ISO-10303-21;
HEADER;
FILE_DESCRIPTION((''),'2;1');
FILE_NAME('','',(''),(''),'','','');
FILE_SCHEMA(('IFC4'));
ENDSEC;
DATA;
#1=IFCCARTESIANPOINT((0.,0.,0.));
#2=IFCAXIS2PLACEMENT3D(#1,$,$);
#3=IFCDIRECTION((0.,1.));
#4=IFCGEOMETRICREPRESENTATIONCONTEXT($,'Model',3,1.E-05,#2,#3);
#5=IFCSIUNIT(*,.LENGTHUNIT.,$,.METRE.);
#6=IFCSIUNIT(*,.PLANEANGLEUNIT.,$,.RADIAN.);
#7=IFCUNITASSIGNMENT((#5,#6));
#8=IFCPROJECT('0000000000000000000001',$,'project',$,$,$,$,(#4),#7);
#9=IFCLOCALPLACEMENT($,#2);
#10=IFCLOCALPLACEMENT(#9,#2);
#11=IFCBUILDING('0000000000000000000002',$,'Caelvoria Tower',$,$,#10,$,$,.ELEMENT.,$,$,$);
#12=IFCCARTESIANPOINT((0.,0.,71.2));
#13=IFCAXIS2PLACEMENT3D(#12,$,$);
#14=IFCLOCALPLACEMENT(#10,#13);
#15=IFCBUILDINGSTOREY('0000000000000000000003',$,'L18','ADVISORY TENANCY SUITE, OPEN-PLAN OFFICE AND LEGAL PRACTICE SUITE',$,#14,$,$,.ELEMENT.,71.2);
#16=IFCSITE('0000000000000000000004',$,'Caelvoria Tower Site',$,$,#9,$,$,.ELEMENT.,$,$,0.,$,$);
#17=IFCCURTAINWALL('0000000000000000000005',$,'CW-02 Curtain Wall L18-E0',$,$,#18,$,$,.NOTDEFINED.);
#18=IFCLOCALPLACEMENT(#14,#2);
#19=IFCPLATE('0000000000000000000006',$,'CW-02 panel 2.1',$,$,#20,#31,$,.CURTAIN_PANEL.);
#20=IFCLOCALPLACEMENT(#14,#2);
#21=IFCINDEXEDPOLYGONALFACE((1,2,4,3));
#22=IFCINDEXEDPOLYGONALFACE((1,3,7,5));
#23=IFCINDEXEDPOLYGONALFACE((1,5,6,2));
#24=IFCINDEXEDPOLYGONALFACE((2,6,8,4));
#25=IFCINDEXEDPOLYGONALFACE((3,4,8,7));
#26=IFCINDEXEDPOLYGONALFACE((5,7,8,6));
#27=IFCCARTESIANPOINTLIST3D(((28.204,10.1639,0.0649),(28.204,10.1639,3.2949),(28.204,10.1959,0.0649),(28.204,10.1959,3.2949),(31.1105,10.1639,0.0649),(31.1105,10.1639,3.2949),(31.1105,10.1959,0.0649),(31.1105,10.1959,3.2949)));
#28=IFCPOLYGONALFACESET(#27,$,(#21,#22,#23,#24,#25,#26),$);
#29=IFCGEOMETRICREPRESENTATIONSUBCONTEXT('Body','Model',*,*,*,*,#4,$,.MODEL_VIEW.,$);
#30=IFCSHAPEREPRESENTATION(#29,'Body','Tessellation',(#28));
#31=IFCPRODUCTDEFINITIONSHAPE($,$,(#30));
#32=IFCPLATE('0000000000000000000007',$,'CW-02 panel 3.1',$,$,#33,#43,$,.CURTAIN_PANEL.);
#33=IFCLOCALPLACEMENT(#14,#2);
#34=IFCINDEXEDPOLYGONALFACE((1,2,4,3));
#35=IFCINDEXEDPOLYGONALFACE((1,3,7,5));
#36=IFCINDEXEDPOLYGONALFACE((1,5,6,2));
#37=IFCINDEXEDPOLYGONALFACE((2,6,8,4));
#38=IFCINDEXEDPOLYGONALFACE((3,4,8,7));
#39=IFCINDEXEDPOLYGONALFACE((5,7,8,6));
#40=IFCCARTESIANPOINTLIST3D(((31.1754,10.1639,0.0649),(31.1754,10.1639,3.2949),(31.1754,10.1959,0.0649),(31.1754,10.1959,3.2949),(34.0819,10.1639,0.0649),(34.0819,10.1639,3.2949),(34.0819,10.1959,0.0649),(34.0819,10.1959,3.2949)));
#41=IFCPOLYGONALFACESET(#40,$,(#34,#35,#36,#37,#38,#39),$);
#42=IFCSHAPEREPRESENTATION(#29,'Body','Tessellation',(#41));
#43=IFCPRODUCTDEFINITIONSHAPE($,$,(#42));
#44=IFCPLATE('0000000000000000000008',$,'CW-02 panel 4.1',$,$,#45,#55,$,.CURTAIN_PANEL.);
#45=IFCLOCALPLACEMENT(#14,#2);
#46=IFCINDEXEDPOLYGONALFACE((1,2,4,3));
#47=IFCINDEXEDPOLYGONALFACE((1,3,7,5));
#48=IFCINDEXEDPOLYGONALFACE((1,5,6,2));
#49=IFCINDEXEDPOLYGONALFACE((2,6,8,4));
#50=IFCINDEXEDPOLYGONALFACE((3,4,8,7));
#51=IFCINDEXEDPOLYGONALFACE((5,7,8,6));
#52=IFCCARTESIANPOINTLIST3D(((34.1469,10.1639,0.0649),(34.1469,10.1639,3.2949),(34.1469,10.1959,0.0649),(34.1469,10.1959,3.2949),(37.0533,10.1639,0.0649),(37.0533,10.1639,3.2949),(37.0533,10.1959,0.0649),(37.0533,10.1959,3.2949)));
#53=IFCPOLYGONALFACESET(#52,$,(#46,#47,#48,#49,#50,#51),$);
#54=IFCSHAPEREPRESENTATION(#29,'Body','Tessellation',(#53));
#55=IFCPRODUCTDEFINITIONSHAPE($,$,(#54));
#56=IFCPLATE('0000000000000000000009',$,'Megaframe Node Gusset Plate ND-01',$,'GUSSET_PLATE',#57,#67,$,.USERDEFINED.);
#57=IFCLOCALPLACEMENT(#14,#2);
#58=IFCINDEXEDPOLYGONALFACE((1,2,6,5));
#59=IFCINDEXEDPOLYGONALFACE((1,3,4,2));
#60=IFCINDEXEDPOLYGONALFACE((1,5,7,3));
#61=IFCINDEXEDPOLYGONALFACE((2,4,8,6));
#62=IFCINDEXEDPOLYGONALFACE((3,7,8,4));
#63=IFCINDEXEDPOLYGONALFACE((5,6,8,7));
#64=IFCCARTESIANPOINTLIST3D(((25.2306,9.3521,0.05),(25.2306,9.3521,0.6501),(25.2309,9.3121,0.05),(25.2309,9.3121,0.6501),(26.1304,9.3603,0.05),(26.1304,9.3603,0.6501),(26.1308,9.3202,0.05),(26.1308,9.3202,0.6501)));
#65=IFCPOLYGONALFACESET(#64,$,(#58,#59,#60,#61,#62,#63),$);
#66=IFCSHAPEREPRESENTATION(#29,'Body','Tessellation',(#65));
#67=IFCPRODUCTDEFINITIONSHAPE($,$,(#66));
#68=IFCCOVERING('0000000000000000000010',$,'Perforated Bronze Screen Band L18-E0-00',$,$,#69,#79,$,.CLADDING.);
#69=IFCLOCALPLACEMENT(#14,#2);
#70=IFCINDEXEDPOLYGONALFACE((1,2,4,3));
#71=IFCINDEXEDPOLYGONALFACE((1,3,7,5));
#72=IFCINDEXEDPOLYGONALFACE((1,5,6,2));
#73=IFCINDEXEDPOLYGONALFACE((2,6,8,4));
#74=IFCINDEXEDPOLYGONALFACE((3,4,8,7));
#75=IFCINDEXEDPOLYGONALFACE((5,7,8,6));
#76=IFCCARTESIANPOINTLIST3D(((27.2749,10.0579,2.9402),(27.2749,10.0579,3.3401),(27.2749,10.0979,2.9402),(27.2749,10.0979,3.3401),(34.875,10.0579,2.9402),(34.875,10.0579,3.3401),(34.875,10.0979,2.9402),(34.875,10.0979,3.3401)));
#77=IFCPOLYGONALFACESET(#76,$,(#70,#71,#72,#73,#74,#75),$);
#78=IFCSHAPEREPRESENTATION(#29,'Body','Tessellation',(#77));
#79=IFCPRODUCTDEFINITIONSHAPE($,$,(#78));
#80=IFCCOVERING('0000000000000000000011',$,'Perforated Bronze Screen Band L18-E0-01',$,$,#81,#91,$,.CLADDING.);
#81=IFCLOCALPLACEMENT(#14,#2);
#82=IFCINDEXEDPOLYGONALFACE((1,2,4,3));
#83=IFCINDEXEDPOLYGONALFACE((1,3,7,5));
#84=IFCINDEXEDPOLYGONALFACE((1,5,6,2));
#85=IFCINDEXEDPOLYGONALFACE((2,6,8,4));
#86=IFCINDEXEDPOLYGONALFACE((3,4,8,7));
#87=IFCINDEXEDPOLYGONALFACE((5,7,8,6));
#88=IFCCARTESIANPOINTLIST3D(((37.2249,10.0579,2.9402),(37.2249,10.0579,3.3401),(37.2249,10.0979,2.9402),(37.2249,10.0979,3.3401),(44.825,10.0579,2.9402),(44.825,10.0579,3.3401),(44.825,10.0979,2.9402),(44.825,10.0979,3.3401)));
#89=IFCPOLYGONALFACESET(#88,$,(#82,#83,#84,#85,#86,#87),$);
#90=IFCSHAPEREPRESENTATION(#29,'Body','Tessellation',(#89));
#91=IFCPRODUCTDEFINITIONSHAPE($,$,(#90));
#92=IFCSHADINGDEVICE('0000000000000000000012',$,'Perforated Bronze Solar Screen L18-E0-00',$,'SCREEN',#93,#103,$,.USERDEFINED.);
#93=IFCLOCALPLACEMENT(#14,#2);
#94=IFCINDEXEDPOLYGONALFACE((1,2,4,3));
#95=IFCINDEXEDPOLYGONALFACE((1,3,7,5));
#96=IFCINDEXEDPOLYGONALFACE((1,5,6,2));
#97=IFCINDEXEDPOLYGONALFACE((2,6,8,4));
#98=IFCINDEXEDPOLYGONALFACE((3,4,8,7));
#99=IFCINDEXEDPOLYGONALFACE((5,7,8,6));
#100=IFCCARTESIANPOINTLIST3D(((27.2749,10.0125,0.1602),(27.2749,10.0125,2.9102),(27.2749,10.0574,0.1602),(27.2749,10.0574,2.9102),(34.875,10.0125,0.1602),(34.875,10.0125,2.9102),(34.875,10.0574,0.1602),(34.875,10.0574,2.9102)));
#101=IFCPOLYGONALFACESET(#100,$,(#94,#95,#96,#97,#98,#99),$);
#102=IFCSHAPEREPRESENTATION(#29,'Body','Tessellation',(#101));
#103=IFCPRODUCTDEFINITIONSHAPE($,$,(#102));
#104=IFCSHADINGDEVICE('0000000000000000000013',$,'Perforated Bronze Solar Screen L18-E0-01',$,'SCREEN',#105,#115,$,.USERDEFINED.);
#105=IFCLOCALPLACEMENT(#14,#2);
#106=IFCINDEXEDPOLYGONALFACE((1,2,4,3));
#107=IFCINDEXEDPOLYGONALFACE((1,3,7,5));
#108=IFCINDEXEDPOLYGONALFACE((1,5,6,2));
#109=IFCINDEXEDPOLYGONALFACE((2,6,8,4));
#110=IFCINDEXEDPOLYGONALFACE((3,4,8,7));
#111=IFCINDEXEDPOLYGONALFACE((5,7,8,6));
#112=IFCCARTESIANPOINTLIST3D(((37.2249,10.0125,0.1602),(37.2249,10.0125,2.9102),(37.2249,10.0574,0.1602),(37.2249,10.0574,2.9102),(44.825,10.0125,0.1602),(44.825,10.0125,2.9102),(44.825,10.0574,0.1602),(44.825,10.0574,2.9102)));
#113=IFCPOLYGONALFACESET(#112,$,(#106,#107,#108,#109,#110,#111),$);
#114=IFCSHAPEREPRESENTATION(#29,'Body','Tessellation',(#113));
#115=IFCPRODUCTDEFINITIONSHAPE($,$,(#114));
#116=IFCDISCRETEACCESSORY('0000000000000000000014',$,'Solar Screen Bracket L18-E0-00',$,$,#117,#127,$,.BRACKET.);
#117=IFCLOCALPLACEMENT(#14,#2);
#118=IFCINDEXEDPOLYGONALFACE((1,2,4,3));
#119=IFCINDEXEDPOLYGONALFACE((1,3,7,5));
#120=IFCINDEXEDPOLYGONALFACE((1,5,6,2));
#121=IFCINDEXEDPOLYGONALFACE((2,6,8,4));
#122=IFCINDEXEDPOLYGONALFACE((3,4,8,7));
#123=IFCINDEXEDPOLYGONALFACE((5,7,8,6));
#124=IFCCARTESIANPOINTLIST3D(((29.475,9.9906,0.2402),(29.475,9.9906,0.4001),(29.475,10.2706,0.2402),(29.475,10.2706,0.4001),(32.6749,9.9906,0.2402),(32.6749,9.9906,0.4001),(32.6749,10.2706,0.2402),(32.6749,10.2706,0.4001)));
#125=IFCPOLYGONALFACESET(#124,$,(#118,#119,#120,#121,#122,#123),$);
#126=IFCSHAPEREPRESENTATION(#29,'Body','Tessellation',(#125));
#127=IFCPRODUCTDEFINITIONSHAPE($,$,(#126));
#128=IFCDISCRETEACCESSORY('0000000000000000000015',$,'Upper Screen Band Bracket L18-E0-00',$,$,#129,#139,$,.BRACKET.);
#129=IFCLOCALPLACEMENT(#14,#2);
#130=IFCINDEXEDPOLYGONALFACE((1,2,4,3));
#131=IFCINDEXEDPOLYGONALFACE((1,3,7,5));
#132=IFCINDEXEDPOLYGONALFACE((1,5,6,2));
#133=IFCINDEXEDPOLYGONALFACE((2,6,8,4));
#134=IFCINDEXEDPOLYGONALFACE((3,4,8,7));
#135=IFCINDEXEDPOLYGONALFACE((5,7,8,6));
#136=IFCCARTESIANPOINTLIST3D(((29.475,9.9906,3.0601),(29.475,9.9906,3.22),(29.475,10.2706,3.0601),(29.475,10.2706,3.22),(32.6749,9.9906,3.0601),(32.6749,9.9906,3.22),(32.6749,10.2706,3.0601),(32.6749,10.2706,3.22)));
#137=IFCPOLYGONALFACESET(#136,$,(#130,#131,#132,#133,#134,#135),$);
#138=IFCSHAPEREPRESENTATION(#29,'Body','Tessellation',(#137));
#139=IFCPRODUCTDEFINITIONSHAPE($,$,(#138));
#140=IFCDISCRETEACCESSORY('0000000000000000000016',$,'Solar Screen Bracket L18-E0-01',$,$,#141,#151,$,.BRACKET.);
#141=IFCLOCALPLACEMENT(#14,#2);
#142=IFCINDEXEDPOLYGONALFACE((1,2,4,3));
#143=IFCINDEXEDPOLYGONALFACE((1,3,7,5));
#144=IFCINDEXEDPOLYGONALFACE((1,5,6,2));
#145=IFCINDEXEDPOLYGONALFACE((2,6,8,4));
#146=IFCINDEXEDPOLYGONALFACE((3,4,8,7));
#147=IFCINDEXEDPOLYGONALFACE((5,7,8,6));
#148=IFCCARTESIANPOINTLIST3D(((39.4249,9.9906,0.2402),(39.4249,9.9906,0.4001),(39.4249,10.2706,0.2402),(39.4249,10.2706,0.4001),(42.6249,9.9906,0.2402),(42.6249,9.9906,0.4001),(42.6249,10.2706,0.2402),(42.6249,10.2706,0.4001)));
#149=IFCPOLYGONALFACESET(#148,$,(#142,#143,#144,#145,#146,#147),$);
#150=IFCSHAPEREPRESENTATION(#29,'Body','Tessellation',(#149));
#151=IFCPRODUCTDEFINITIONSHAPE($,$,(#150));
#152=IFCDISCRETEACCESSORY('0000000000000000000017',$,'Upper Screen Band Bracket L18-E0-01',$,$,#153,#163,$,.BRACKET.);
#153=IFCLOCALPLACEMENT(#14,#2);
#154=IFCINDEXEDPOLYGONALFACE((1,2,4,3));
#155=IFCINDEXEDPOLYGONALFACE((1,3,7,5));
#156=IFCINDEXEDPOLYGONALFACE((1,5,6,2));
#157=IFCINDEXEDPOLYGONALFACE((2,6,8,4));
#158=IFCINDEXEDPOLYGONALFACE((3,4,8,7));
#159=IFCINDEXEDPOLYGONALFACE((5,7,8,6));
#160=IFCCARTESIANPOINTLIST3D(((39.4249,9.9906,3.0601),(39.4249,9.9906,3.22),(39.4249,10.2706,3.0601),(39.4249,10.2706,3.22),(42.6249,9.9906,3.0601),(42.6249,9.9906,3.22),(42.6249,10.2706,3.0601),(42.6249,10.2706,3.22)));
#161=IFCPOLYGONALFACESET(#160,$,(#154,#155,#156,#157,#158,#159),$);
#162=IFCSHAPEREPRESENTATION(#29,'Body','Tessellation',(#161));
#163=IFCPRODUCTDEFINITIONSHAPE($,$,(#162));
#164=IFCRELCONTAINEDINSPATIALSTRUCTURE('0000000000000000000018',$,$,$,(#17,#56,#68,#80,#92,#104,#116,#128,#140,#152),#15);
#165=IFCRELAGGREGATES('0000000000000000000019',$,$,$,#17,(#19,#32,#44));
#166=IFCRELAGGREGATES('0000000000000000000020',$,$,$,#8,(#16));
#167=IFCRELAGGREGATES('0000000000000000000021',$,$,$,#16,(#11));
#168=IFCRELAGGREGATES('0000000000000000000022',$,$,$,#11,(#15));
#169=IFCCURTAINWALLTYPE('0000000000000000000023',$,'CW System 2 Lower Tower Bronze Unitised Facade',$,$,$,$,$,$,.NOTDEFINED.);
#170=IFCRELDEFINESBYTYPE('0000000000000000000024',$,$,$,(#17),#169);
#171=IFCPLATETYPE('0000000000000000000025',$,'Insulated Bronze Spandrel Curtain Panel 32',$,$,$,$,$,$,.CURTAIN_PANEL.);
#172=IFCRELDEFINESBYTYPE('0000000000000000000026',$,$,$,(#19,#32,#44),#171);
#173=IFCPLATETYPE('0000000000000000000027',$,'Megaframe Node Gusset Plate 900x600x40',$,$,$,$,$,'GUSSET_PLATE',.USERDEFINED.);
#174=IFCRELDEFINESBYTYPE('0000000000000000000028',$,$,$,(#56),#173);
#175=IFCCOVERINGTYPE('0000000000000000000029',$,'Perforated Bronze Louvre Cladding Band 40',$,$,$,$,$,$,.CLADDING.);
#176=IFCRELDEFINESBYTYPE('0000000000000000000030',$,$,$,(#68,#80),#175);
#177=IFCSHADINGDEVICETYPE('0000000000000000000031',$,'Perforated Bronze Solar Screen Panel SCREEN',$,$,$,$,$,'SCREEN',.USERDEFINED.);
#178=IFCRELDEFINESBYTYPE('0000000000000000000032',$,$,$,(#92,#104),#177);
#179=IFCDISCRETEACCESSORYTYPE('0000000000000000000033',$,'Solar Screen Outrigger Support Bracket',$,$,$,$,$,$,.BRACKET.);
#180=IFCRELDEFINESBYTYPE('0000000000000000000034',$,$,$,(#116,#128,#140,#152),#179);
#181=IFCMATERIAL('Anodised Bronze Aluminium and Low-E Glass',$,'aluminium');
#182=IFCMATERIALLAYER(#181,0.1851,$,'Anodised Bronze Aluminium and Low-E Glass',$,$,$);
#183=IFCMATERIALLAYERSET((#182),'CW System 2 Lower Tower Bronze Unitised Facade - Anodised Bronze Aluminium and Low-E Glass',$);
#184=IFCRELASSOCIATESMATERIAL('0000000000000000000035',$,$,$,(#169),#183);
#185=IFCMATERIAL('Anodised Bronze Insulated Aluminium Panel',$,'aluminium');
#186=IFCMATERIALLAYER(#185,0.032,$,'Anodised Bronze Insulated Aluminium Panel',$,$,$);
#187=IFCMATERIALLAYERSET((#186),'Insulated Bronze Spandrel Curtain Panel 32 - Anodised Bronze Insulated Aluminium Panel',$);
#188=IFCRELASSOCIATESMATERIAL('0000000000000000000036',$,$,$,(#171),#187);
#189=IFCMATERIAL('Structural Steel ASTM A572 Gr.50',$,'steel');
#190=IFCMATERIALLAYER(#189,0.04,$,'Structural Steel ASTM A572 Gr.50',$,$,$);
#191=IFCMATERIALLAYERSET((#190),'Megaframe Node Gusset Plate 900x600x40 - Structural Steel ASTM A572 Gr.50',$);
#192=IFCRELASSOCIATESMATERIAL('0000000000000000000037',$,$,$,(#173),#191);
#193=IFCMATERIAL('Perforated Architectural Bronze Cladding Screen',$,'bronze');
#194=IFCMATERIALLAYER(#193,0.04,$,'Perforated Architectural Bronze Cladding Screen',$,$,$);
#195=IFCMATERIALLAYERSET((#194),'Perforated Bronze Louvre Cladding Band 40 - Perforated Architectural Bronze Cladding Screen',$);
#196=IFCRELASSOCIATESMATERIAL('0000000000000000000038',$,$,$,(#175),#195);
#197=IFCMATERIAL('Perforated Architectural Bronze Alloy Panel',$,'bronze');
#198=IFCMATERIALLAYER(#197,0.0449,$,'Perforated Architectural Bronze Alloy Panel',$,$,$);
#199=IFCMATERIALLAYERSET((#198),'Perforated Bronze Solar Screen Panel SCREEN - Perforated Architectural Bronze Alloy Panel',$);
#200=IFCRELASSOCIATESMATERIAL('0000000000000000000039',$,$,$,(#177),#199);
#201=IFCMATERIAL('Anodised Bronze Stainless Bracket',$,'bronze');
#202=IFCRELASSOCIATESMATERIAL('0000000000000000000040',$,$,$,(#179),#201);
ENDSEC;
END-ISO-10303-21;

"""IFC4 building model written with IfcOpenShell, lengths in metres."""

from ifc_helpers import new_model, si_unit, direction, frame, origin, origin_2d, place, context, subcontext, project, spatial, rectangle, extrude, material, layer, layer_set, type_object, element, aggregate, save


model = new_model("IFC4")

# Units and contexts
model_context = context("Model", 3, precision=1e-05, world=origin(), true_north=direction((0.0, 1.0)))
body_context = subcontext(model_context, "Body", "Model", "MODEL_VIEW")
ifc_project = project(units=[si_unit("LENGTHUNIT", "METRE"), si_unit("PLANEANGLEUNIT", "RADIAN")], contexts=[model_context])

# Site, building, storey
site_placement = place(None, origin())
site = spatial("IfcSite", under=ifc_project, at=site_placement, Name="Caelvoria Tower Site", CompositionType="ELEMENT", RefElevation=0.0)
building_placement = place(site_placement, origin())
building = spatial("IfcBuilding", under=site, at=building_placement, Name="Caelvoria Tower", CompositionType="ELEMENT")
storey_placement = place(building_placement, frame((0.0, 0.0, 71.2)))
storey = spatial("IfcBuildingStorey", under=building, at=storey_placement, Name="L18", Description="ADVISORY TENANCY SUITE, OPEN-PLAN OFFICE AND LEGAL PRACTICE SUITE", CompositionType="ELEMENT", Elevation=71.2)

# Shared definitions
ifc_material_1 = material(Name="Structural Steel ASTM A572 Gr.50", Category="steel")

# Curtain wall
ifc_material_2 = material(Name="Anodised Bronze Aluminium and Low-E Glass", Category="aluminium")
ifc_layer_1 = layer(ifc_material_2, 0.1851, Name="Anodised Bronze Aluminium and Low-E Glass")
ifc_layer_set_1 = layer_set([ifc_layer_1], Name="CW System 2 Lower Tower Bronze Unitised Facade - Anodised Bronze Aluminium and Low-E Glass")
curtain_wall_type = type_object("IfcCurtainWallType", Name="CW System 2 Lower Tower Bronze Unitised Facade", PredefinedType="NOTDEFINED", material=ifc_layer_set_1)
curtain_wall_1_placement = place(storey_placement, origin())
curtain_wall_1 = element("IfcCurtainWall", 1, at=curtain_wall_1_placement, inside=storey, type_object=curtain_wall_type, Name="CW-02 Curtain Wall L18-E0", PredefinedType="NOTDEFINED")

# Plates
ifc_material_3 = material(Name="Anodised Bronze Insulated Aluminium Panel", Category="aluminium")
ifc_layer_2 = layer(ifc_material_3, 0.032, Name="Anodised Bronze Insulated Aluminium Panel")
ifc_layer_set_2 = layer_set([ifc_layer_2], Name="Insulated Bronze Spandrel Curtain Panel 32 - Anodised Bronze Insulated Aluminium Panel")
plate_type_1 = type_object("IfcPlateType", Name="Insulated Bronze Spandrel Curtain Panel 32", PredefinedType="CURTAIN_PANEL", material=ifc_layer_set_2)
plate_1_placement = place(storey_placement, frame((29.6572, 10.1799, 0.0649), z_axis=(0.0, 0.0, 1.0), x_axis=(1.0, 0.0, 0.0)))
plate_1 = element("IfcPlate", 2, at=plate_1_placement, type_object=plate_type_1, Name="CW-02 panel 2.1", PredefinedType="CURTAIN_PANEL", context=body_context, shape_type="SweptSolid", body=[
    extrude(rectangle(XDim=2.9065, YDim=0.032, at=origin_2d()), origin(), (0.0, 0.0, 1.0), 3.23),
])
plate_2_placement = place(storey_placement, frame((32.6287, 10.1799, 0.0649), z_axis=(0.0, 0.0, 1.0), x_axis=(1.0, 0.0, 0.0)))
plate_2 = element("IfcPlate", 3, at=plate_2_placement, type_object=plate_type_1, Name="CW-02 panel 3.1", PredefinedType="CURTAIN_PANEL", context=body_context, shape_type="SweptSolid", body=[
    extrude(rectangle(XDim=2.9065, YDim=0.032, at=origin_2d()), origin(), (0.0, 0.0, 1.0), 3.23),
])
plate_3_placement = place(storey_placement, frame((35.6001, 10.1799, 0.0649), z_axis=(0.0, 0.0, 1.0), x_axis=(1.0, 0.0, 0.0)))
plate_3 = element("IfcPlate", 4, at=plate_3_placement, type_object=plate_type_1, Name="CW-02 panel 4.1", PredefinedType="CURTAIN_PANEL", context=body_context, shape_type="SweptSolid", body=[
    extrude(rectangle(XDim=2.9065, YDim=0.032, at=origin_2d()), origin(), (0.0, 0.0, 1.0), 3.23),
])
aggregate(curtain_wall_1, [plate_1, plate_2, plate_3])
ifc_layer_3 = layer(ifc_material_1, 0.04, Name="Structural Steel ASTM A572 Gr.50")
ifc_layer_set_3 = layer_set([ifc_layer_3], Name="Megaframe Node Gusset Plate 900x600x40 - Structural Steel ASTM A572 Gr.50")
plate_type_2 = type_object("IfcPlateType", Name="Megaframe Node Gusset Plate 900x600x40", ElementType="GUSSET_PLATE", PredefinedType="USERDEFINED", material=ifc_layer_set_3)
plate_4_placement = place(storey_placement, frame((25.6807, 9.3362, 0.05), z_axis=(0.0, 0.0, 1.0), x_axis=(0.999959, 0.009049, 0.0)))
element("IfcPlate", 5, at=plate_4_placement, inside=storey, type_object=plate_type_2, Name="Megaframe Node Gusset Plate ND-01", ObjectType="GUSSET_PLATE", PredefinedType="USERDEFINED", context=body_context, shape_type="SweptSolid", body=[
    extrude(rectangle(XDim=0.8999, YDim=0.04, at=origin_2d()), origin(), (0.0, 0.0, 1.0), 0.6001),
])

# Coverings
ifc_material_4 = material(Name="Perforated Architectural Bronze Cladding Screen", Category="bronze")
ifc_layer_4 = layer(ifc_material_4, 0.04, Name="Perforated Architectural Bronze Cladding Screen")
ifc_layer_set_4 = layer_set([ifc_layer_4], Name="Perforated Bronze Louvre Cladding Band 40 - Perforated Architectural Bronze Cladding Screen")
covering_type = type_object("IfcCoveringType", Name="Perforated Bronze Louvre Cladding Band 40", PredefinedType="CLADDING", material=ifc_layer_set_4)
for number, where, z_axis, x_axis, name in (
    (6, (31.075, 10.0779, 2.9402), (0.0, 0.0, 1.0), (1.0, 0.0, 0.0), "Perforated Bronze Screen Band L18-E0-00"),
    (7, (41.0249, 10.0779, 2.9402), (0.0, 0.0, 1.0), (1.0, 0.0, 0.0), "Perforated Bronze Screen Band L18-E0-01"),
):
    element("IfcCovering", number, at=place(storey_placement, frame(where, z_axis=z_axis, x_axis=x_axis)), inside=storey, type_object=covering_type, Name=name, PredefinedType="CLADDING", context=body_context, shape_type="SweptSolid", body=[
        extrude(rectangle(XDim=7.6001, YDim=0.04, at=origin_2d()), origin(), (0.0, 0.0, 1.0), 0.3999),
    ])

# Shading devices
ifc_material_5 = material(Name="Perforated Architectural Bronze Alloy Panel", Category="bronze")
ifc_layer_5 = layer(ifc_material_5, 0.0449, Name="Perforated Architectural Bronze Alloy Panel")
ifc_layer_set_5 = layer_set([ifc_layer_5], Name="Perforated Bronze Solar Screen Panel SCREEN - Perforated Architectural Bronze Alloy Panel")
shading_device_type = type_object("IfcShadingDeviceType", Name="Perforated Bronze Solar Screen Panel SCREEN", ElementType="SCREEN", PredefinedType="USERDEFINED", material=ifc_layer_set_5)
for number, where, z_axis, x_axis, name in (
    (8, (31.075, 10.0349, 0.1602), (0.0, 0.0, 1.0), (1.0, 0.0, 0.0), "Perforated Bronze Solar Screen L18-E0-00"),
    (9, (41.0249, 10.0349, 0.1602), (0.0, 0.0, 1.0), (1.0, 0.0, 0.0), "Perforated Bronze Solar Screen L18-E0-01"),
):
    element("IfcShadingDevice", number, at=place(storey_placement, frame(where, z_axis=z_axis, x_axis=x_axis)), inside=storey, type_object=shading_device_type, Name=name, ObjectType="SCREEN", PredefinedType="USERDEFINED", context=body_context, shape_type="SweptSolid", body=[
        extrude(rectangle(XDim=7.6001, YDim=0.0449, at=origin_2d()), origin(), (0.0, 0.0, 1.0), 2.75),
    ])

# Discrete accessories
ifc_material_6 = material(Name="Anodised Bronze Stainless Bracket", Category="bronze")
discrete_accessory_type = type_object("IfcDiscreteAccessoryType", Name="Solar Screen Outrigger Support Bracket", PredefinedType="BRACKET", material=ifc_material_6)
for number, where, z_axis, x_axis, name in (
    (10, (31.075, 10.1306, 0.2402), (0.0, 0.0, 1.0), (1.0, 0.0, 0.0), "Solar Screen Bracket L18-E0-00"),
    (11, (31.075, 10.1306, 3.0601), (0.0, 0.0, 1.0), (1.0, 0.0, 0.0), "Upper Screen Band Bracket L18-E0-00"),
    (12, (41.0249, 10.1306, 0.2402), (0.0, 0.0, 1.0), (1.0, 0.0, 0.0), "Solar Screen Bracket L18-E0-01"),
    (13, (41.0249, 10.1306, 3.0601), (0.0, 0.0, 1.0), (1.0, 0.0, 0.0), "Upper Screen Band Bracket L18-E0-01"),
):
    element("IfcDiscreteAccessory", number, at=place(storey_placement, frame(where, z_axis=z_axis, x_axis=x_axis)), inside=storey, type_object=discrete_accessory_type, Name=name, PredefinedType="BRACKET", context=body_context, shape_type="SweptSolid", body=[
        extrude(rectangle(XDim=3.2, YDim=0.28, at=origin_2d()), origin(), (0.0, 0.0, 1.0), 0.1599),
    ])

save(model, "model.ifc")
